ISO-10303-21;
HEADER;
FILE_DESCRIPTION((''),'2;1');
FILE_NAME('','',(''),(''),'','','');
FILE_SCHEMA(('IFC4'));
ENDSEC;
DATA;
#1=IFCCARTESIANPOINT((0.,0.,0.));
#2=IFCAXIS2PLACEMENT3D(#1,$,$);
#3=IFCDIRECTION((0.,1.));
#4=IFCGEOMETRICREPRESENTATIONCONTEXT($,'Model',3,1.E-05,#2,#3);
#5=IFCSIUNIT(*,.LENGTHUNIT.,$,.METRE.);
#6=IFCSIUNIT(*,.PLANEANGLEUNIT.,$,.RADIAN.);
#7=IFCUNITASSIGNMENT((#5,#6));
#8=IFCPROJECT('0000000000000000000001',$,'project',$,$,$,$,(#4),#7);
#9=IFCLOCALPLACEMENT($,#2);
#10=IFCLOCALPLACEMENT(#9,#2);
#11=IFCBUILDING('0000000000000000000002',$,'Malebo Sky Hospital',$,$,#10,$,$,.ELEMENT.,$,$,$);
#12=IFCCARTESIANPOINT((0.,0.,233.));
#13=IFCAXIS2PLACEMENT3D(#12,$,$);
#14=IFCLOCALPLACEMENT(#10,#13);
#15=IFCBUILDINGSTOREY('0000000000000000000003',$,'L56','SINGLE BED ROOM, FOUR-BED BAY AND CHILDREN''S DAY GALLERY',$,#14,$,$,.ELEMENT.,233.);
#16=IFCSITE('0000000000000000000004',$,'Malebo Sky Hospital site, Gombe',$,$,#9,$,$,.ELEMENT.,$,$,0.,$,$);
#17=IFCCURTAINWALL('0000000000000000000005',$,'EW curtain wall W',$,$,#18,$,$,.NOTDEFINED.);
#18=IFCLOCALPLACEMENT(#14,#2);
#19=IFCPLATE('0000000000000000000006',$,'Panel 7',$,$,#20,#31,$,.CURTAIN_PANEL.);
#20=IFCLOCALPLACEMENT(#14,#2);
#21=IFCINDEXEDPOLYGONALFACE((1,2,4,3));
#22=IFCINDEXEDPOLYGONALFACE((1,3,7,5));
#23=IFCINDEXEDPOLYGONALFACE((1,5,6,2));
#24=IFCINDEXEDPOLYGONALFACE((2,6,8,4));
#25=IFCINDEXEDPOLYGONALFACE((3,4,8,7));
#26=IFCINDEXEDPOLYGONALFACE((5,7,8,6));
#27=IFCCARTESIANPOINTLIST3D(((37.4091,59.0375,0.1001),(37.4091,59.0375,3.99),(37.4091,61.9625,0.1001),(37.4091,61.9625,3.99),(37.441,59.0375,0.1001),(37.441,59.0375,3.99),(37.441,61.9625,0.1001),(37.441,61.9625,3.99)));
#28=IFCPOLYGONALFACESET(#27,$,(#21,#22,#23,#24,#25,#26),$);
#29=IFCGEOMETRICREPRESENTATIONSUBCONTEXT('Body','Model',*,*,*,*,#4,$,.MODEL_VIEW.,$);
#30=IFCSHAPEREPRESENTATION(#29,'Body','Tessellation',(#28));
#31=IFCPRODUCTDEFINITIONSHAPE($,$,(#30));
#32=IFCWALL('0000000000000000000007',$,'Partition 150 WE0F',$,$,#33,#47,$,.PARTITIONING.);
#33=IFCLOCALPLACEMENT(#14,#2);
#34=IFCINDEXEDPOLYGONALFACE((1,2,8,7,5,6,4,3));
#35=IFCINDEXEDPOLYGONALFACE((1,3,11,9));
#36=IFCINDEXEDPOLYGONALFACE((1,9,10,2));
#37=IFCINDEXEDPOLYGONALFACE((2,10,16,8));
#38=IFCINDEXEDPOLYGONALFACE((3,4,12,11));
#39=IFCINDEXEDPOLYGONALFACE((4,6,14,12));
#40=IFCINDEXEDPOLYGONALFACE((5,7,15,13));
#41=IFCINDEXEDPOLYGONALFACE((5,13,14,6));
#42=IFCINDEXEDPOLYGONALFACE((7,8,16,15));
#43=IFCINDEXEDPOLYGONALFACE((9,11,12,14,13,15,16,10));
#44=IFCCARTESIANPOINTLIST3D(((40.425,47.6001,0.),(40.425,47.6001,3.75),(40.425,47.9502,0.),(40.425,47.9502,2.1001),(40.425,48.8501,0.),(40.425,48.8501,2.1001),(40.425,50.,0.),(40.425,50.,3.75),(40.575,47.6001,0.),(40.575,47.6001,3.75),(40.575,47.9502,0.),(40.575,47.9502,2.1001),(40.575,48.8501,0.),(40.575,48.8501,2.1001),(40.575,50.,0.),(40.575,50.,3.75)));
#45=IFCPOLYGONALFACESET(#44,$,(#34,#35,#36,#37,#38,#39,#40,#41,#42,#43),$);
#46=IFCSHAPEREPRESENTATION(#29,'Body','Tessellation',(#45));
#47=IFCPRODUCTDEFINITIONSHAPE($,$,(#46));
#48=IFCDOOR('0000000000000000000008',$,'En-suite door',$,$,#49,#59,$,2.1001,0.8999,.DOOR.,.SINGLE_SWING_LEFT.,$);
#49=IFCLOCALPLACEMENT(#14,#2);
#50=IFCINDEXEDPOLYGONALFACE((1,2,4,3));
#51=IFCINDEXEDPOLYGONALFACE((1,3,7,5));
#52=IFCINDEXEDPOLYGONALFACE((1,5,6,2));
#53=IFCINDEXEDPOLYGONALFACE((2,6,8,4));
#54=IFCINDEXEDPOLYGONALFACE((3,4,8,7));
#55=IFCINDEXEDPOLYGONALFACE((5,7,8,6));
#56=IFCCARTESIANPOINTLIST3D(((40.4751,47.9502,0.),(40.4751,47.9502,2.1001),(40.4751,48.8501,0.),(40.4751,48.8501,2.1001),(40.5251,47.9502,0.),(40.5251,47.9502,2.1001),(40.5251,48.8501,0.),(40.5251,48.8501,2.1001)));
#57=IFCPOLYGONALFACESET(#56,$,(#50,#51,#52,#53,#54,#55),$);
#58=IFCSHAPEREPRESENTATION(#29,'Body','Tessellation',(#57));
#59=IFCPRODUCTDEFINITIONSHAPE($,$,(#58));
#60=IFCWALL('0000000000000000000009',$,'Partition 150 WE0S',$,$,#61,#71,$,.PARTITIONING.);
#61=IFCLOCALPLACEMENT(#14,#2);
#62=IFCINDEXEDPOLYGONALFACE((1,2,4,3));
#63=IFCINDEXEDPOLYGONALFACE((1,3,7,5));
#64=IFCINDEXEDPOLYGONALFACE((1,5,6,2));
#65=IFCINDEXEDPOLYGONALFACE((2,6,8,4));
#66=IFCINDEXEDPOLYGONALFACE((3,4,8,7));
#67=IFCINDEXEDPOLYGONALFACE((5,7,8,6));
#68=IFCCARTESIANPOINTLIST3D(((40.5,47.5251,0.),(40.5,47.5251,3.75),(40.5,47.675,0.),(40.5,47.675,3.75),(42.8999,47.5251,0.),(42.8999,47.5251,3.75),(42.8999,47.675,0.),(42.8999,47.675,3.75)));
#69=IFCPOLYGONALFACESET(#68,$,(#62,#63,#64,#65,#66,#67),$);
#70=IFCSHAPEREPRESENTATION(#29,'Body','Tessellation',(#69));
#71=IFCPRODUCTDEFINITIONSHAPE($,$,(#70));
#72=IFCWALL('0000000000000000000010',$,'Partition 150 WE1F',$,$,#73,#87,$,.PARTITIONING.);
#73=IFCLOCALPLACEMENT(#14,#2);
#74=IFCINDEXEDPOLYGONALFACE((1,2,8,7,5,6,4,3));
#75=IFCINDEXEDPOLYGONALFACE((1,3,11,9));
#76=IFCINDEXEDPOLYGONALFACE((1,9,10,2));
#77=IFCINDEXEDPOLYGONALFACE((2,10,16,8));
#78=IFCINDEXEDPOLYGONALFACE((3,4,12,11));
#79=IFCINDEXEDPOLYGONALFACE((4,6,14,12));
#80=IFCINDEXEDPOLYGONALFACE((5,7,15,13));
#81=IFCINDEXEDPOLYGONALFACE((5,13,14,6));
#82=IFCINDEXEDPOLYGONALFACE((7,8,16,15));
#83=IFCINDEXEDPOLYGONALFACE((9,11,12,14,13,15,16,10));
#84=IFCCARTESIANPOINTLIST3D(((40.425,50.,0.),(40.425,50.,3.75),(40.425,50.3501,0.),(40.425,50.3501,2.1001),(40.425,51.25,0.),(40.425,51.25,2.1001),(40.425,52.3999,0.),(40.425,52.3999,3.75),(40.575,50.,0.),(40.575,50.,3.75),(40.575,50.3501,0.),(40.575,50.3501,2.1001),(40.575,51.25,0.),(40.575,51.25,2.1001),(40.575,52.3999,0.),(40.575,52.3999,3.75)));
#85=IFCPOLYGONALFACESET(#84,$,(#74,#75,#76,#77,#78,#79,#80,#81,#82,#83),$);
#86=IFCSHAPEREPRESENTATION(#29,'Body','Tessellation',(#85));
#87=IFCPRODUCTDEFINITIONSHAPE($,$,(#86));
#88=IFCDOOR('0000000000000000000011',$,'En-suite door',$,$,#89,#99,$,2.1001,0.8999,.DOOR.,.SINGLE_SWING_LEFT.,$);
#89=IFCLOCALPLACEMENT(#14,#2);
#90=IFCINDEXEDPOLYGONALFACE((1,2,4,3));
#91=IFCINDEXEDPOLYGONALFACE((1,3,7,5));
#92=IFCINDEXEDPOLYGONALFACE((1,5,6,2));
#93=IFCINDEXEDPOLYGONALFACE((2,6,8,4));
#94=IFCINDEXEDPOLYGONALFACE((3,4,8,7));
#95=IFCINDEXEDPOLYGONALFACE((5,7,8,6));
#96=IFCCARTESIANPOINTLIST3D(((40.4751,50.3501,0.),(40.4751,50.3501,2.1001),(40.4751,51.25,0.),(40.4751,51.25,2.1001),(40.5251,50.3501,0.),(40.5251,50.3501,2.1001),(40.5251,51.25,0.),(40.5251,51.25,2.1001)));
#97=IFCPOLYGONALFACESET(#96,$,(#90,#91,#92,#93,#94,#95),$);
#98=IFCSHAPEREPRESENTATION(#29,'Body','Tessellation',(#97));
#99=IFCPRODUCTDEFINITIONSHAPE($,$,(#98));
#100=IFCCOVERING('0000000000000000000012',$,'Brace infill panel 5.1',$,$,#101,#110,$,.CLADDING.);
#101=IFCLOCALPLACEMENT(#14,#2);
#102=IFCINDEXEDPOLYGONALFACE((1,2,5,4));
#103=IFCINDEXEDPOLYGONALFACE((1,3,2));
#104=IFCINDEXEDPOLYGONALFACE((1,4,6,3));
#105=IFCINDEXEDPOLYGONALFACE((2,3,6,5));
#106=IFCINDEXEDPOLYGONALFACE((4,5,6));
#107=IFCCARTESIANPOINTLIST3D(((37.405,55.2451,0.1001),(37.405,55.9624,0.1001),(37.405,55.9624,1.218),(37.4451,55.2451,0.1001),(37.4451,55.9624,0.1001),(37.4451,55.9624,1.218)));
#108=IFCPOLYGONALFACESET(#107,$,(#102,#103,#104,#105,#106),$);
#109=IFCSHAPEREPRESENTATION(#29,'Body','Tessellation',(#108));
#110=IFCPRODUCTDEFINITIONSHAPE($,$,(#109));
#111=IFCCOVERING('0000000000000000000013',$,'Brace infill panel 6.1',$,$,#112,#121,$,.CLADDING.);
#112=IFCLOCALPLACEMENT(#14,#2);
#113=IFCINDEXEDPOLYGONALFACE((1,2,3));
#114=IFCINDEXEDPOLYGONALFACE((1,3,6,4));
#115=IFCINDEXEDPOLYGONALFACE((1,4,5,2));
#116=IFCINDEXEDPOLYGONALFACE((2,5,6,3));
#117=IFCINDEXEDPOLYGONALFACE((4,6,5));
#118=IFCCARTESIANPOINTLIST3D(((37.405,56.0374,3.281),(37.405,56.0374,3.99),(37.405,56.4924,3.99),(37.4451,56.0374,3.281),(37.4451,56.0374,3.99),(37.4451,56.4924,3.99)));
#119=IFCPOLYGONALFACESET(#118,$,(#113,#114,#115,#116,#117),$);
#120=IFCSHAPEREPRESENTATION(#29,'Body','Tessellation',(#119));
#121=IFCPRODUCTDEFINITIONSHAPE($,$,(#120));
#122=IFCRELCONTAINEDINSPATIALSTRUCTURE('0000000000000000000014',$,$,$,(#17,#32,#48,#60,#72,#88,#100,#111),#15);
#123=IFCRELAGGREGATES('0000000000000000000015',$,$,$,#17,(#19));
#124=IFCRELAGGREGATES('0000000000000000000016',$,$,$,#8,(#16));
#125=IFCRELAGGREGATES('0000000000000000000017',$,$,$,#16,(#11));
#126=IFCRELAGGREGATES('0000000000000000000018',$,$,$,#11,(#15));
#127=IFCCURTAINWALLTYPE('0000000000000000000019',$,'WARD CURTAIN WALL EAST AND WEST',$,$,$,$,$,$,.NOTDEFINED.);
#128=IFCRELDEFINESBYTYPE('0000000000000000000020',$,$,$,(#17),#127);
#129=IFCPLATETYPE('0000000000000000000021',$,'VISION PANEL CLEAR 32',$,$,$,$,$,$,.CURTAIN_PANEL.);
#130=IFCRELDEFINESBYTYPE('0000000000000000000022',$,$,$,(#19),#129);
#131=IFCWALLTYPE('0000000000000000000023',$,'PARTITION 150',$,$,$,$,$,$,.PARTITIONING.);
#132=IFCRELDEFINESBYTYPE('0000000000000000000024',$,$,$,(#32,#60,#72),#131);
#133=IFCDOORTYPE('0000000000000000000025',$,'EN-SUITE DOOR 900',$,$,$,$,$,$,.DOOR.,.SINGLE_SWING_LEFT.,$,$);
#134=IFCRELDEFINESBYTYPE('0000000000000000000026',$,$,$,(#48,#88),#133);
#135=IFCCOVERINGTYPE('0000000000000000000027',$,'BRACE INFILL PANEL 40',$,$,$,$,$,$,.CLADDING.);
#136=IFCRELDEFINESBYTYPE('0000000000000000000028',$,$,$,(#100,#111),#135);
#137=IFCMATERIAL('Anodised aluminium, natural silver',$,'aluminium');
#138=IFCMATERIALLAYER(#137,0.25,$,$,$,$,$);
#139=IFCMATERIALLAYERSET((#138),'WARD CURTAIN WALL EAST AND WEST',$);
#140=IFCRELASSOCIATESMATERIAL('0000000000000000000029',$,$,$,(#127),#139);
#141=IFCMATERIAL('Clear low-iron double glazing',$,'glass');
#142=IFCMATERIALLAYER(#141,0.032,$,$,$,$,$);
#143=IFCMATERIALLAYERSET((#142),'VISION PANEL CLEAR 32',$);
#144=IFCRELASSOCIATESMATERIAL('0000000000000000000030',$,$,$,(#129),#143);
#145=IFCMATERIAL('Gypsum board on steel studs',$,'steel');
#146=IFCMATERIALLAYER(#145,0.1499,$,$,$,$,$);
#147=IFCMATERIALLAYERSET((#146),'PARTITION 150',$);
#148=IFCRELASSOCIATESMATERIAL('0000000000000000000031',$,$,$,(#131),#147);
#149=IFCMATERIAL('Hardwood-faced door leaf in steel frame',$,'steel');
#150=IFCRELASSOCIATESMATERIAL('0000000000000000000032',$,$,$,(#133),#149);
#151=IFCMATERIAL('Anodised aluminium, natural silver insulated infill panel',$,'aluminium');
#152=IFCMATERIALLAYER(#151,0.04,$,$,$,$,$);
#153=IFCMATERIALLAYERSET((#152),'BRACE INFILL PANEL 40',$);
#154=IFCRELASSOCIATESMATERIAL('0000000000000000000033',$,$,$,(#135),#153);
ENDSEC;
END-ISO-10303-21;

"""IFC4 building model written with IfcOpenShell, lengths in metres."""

from ifc_helpers import new_model, si_unit, direction, frame, frame_2d, origin, origin_2d, place, context, subcontext, project, spatial, polyline, rectangle, outline, extrude, material, layer, layer_set, type_object, element, fill, aggregate, save


model = new_model("IFC4")

# Units and contexts
model_context = context("Model", 3, precision=1e-05, world=origin(), true_north=direction((0.0, 1.0)))
body_context = subcontext(model_context, "Body", "Model", "MODEL_VIEW")
ifc_project = project(units=[si_unit("LENGTHUNIT", "METRE"), si_unit("PLANEANGLEUNIT", "RADIAN")], contexts=[model_context])

# Site, building, storey
site_placement = place(None, origin())
site = spatial("IfcSite", under=ifc_project, at=site_placement, Name="Malebo Sky Hospital site, Gombe", CompositionType="ELEMENT", RefElevation=0.0)
building_placement = place(site_placement, origin())
building = spatial("IfcBuilding", under=site, at=building_placement, Name="Malebo Sky Hospital", CompositionType="ELEMENT")
storey_placement = place(building_placement, frame((0.0, 0.0, 233.0)))
storey = spatial("IfcBuildingStorey", under=building, at=storey_placement, Name="L56", Description="SINGLE BED ROOM, FOUR-BED BAY AND CHILDREN'S DAY GALLERY", CompositionType="ELEMENT", Elevation=233.0)

# Curtain wall
ifc_material_1 = material(Name="Anodised aluminium, natural silver", Category="aluminium")
ifc_layer_1 = layer(ifc_material_1, 0.25)
ifc_layer_set_1 = layer_set([ifc_layer_1], Name="WARD CURTAIN WALL EAST AND WEST")
curtain_wall_type = type_object("IfcCurtainWallType", Name="WARD CURTAIN WALL EAST AND WEST", PredefinedType="NOTDEFINED", material=ifc_layer_set_1)
curtain_wall_placement = place(storey_placement, origin())
curtain_wall = element("IfcCurtainWall", 1, at=curtain_wall_placement, inside=storey, type_object=curtain_wall_type, Name="EW curtain wall W", PredefinedType="NOTDEFINED")

# Plate
ifc_material_2 = material(Name="Clear low-iron double glazing", Category="glass")
ifc_layer_2 = layer(ifc_material_2, 0.032)
ifc_layer_set_2 = layer_set([ifc_layer_2], Name="VISION PANEL CLEAR 32")
plate_type = type_object("IfcPlateType", Name="VISION PANEL CLEAR 32", PredefinedType="CURTAIN_PANEL", material=ifc_layer_set_2)
plate_1_placement = place(storey_placement, frame((37.425, 60.5, 0.1001), z_axis=(0.0, 0.0, 1.0), x_axis=(0.0, 1.0, 0.0)))
plate_1 = element("IfcPlate", 2, at=plate_1_placement, type_object=plate_type, Name="Panel 7", PredefinedType="CURTAIN_PANEL", context=body_context, shape_type="SweptSolid", body=[
    extrude(rectangle(XDim=2.925, YDim=0.032, at=origin_2d()), origin(), (0.0, 0.0, 1.0), 3.8899),
])
aggregate(curtain_wall, [plate_1])

# Wall, opening, door
ifc_material_3 = material(Name="Gypsum board on steel studs", Category="steel")
ifc_layer_3 = layer(ifc_material_3, 0.1499)
ifc_layer_set_3 = layer_set([ifc_layer_3], Name="PARTITION 150")
wall_type = type_object("IfcWallType", Name="PARTITION 150", PredefinedType="PARTITIONING", material=ifc_layer_set_3)
wall_1_placement = place(storey_placement, frame((40.5, 47.6001, 0.0), z_axis=(0.0, 0.0, 1.0), x_axis=(0.0, 1.0, 0.0)))
wall_1 = element("IfcWall", 3, at=wall_1_placement, inside=storey, type_object=wall_type, Name="Partition 150 WE0F", PredefinedType="PARTITIONING", context=body_context, shape_type="SweptSolid", body=[
    extrude(rectangle(XDim=2.3999, YDim=0.1499, at=frame_2d((1.2, 0.0))), origin(), (0.0, 0.0, 1.0), 3.75),
])
opening_1_placement = place(wall_1_placement, frame((0.3501, 0.0, 0.0)))
opening_1 = element("IfcOpeningElement", 4, at=opening_1_placement, cuts=wall_1, PredefinedType="OPENING", context=body_context, shape_type="SweptSolid", body=[
    extrude(rectangle(XDim=0.8999, YDim=2.1001, at=frame_2d((0.45, 1.05))), frame((0.0, 0.085, 0.0), z_axis=(0.0, -1.0, 0.0), x_axis=(1.0, 0.0, 0.0)), (0.0, 0.0, 1.0), 0.1699),
])
ifc_material_4 = material(Name="Hardwood-faced door leaf in steel frame", Category="steel")
door_type = type_object("IfcDoorType", Name="EN-SUITE DOOR 900", OperationType="SINGLE_SWING_LEFT", PredefinedType="DOOR", material=ifc_material_4)
door_1_placement = place(opening_1_placement, origin())
door_1 = element("IfcDoor", 5, at=door_1_placement, inside=storey, type_object=door_type, Name="En-suite door", OperationType="SINGLE_SWING_LEFT", OverallHeight=2.1001, OverallWidth=0.8999, PredefinedType="DOOR", context=body_context, shape_type="SweptSolid", body=[
    extrude(rectangle(XDim=0.8999, YDim=2.1001, at=frame_2d((0.45, 1.05))), frame((0.0, 0.0249, 0.0), z_axis=(0.0, -1.0, 0.0), x_axis=(1.0, 0.0, 0.0)), (0.0, 0.0, 1.0), 0.05),
])
fill(opening_1, door_1)

# Wall
wall_2_placement = place(storey_placement, frame((42.8999, 47.6001, 0.0), z_axis=(0.0, 0.0, 1.0), x_axis=(-1.0, 0.0, 0.0)))
element("IfcWall", 6, at=wall_2_placement, inside=storey, type_object=wall_type, Name="Partition 150 WE0S", PredefinedType="PARTITIONING", context=body_context, shape_type="SweptSolid", body=[
    extrude(rectangle(XDim=2.3999, YDim=0.1499, at=frame_2d((1.2, 0.0))), origin(), (0.0, 0.0, 1.0), 3.75),
])

# Wall, opening, door
wall_3_placement = place(storey_placement, frame((40.5, 50.0, 0.0), z_axis=(0.0, 0.0, 1.0), x_axis=(0.0, 1.0, 0.0)))
wall_3 = element("IfcWall", 7, at=wall_3_placement, inside=storey, type_object=wall_type, Name="Partition 150 WE1F", PredefinedType="PARTITIONING", context=body_context, shape_type="SweptSolid", body=[
    extrude(rectangle(XDim=2.3999, YDim=0.1499, at=frame_2d((1.2, 0.0))), origin(), (0.0, 0.0, 1.0), 3.75),
])
opening_2_placement = place(wall_3_placement, frame((0.3501, 0.0, 0.0)))
opening_2 = element("IfcOpeningElement", 8, at=opening_2_placement, cuts=wall_3, PredefinedType="OPENING", context=body_context, shape_type="SweptSolid", body=[
    extrude(rectangle(XDim=0.8999, YDim=2.1001, at=frame_2d((0.45, 1.05))), frame((0.0, 0.085, 0.0), z_axis=(0.0, -1.0, 0.0), x_axis=(1.0, 0.0, 0.0)), (0.0, 0.0, 1.0), 0.1699),
])
door_2_placement = place(opening_2_placement, origin())
door_2 = element("IfcDoor", 9, at=door_2_placement, inside=storey, type_object=door_type, Name="En-suite door", OperationType="SINGLE_SWING_LEFT", OverallHeight=2.1001, OverallWidth=0.8999, PredefinedType="DOOR", context=body_context, shape_type="SweptSolid", body=[
    extrude(rectangle(XDim=0.8999, YDim=2.1001, at=frame_2d((0.45, 1.05))), frame((0.0, 0.0249, 0.0), z_axis=(0.0, -1.0, 0.0), x_axis=(1.0, 0.0, 0.0)), (0.0, 0.0, 1.0), 0.05),
])
fill(opening_2, door_2)

# Coverings
ifc_material_5 = material(Name="Anodised aluminium, natural silver insulated infill panel", Category="aluminium")
ifc_layer_4 = layer(ifc_material_5, 0.04)
ifc_layer_set_4 = layer_set([ifc_layer_4], Name="BRACE INFILL PANEL 40")
covering_type = type_object("IfcCoveringType", Name="BRACE INFILL PANEL 40", PredefinedType="CLADDING", material=ifc_layer_set_4)
covering_1_placement = place(storey_placement, frame((37.425, 55.6038, 0.1001), z_axis=(0.0, 0.0, 1.0), x_axis=(0.0, 1.0, 0.0)))
element("IfcCovering", 10, at=covering_1_placement, inside=storey, type_object=covering_type, Name="Brace infill panel 5.1", PredefinedType="CLADDING", context=body_context, shape_type="SweptSolid", body=[
    extrude(outline(polyline([(-0.3586, 0.0), (0.3586, 0.0), (0.3586, 1.1179), (-0.3586, 0.0)])), frame((0.0, 0.02, 0.0), z_axis=(0.0, -1.0, 0.0), x_axis=(1.0, 0.0, 0.0)), (0.0, 0.0, 1.0), 0.04),
])
covering_2_placement = place(storey_placement, frame((37.425, 56.2649, 3.281), z_axis=(0.0, 0.0, 1.0), x_axis=(0.0, 1.0, 0.0)))
element("IfcCovering", 11, at=covering_2_placement, inside=storey, type_object=covering_type, Name="Brace infill panel 6.1", PredefinedType="CLADDING", context=body_context, shape_type="SweptSolid", body=[
    extrude(outline(polyline([(-0.2275, 0.0), (0.2275, 0.709), (-0.2275, 0.709), (-0.2275, 0.0)])), frame((0.0, 0.02, 0.0), z_axis=(0.0, -1.0, 0.0), x_axis=(1.0, 0.0, 0.0)), (0.0, 0.0, 1.0), 0.04),
])

save(model, "model.ifc")
